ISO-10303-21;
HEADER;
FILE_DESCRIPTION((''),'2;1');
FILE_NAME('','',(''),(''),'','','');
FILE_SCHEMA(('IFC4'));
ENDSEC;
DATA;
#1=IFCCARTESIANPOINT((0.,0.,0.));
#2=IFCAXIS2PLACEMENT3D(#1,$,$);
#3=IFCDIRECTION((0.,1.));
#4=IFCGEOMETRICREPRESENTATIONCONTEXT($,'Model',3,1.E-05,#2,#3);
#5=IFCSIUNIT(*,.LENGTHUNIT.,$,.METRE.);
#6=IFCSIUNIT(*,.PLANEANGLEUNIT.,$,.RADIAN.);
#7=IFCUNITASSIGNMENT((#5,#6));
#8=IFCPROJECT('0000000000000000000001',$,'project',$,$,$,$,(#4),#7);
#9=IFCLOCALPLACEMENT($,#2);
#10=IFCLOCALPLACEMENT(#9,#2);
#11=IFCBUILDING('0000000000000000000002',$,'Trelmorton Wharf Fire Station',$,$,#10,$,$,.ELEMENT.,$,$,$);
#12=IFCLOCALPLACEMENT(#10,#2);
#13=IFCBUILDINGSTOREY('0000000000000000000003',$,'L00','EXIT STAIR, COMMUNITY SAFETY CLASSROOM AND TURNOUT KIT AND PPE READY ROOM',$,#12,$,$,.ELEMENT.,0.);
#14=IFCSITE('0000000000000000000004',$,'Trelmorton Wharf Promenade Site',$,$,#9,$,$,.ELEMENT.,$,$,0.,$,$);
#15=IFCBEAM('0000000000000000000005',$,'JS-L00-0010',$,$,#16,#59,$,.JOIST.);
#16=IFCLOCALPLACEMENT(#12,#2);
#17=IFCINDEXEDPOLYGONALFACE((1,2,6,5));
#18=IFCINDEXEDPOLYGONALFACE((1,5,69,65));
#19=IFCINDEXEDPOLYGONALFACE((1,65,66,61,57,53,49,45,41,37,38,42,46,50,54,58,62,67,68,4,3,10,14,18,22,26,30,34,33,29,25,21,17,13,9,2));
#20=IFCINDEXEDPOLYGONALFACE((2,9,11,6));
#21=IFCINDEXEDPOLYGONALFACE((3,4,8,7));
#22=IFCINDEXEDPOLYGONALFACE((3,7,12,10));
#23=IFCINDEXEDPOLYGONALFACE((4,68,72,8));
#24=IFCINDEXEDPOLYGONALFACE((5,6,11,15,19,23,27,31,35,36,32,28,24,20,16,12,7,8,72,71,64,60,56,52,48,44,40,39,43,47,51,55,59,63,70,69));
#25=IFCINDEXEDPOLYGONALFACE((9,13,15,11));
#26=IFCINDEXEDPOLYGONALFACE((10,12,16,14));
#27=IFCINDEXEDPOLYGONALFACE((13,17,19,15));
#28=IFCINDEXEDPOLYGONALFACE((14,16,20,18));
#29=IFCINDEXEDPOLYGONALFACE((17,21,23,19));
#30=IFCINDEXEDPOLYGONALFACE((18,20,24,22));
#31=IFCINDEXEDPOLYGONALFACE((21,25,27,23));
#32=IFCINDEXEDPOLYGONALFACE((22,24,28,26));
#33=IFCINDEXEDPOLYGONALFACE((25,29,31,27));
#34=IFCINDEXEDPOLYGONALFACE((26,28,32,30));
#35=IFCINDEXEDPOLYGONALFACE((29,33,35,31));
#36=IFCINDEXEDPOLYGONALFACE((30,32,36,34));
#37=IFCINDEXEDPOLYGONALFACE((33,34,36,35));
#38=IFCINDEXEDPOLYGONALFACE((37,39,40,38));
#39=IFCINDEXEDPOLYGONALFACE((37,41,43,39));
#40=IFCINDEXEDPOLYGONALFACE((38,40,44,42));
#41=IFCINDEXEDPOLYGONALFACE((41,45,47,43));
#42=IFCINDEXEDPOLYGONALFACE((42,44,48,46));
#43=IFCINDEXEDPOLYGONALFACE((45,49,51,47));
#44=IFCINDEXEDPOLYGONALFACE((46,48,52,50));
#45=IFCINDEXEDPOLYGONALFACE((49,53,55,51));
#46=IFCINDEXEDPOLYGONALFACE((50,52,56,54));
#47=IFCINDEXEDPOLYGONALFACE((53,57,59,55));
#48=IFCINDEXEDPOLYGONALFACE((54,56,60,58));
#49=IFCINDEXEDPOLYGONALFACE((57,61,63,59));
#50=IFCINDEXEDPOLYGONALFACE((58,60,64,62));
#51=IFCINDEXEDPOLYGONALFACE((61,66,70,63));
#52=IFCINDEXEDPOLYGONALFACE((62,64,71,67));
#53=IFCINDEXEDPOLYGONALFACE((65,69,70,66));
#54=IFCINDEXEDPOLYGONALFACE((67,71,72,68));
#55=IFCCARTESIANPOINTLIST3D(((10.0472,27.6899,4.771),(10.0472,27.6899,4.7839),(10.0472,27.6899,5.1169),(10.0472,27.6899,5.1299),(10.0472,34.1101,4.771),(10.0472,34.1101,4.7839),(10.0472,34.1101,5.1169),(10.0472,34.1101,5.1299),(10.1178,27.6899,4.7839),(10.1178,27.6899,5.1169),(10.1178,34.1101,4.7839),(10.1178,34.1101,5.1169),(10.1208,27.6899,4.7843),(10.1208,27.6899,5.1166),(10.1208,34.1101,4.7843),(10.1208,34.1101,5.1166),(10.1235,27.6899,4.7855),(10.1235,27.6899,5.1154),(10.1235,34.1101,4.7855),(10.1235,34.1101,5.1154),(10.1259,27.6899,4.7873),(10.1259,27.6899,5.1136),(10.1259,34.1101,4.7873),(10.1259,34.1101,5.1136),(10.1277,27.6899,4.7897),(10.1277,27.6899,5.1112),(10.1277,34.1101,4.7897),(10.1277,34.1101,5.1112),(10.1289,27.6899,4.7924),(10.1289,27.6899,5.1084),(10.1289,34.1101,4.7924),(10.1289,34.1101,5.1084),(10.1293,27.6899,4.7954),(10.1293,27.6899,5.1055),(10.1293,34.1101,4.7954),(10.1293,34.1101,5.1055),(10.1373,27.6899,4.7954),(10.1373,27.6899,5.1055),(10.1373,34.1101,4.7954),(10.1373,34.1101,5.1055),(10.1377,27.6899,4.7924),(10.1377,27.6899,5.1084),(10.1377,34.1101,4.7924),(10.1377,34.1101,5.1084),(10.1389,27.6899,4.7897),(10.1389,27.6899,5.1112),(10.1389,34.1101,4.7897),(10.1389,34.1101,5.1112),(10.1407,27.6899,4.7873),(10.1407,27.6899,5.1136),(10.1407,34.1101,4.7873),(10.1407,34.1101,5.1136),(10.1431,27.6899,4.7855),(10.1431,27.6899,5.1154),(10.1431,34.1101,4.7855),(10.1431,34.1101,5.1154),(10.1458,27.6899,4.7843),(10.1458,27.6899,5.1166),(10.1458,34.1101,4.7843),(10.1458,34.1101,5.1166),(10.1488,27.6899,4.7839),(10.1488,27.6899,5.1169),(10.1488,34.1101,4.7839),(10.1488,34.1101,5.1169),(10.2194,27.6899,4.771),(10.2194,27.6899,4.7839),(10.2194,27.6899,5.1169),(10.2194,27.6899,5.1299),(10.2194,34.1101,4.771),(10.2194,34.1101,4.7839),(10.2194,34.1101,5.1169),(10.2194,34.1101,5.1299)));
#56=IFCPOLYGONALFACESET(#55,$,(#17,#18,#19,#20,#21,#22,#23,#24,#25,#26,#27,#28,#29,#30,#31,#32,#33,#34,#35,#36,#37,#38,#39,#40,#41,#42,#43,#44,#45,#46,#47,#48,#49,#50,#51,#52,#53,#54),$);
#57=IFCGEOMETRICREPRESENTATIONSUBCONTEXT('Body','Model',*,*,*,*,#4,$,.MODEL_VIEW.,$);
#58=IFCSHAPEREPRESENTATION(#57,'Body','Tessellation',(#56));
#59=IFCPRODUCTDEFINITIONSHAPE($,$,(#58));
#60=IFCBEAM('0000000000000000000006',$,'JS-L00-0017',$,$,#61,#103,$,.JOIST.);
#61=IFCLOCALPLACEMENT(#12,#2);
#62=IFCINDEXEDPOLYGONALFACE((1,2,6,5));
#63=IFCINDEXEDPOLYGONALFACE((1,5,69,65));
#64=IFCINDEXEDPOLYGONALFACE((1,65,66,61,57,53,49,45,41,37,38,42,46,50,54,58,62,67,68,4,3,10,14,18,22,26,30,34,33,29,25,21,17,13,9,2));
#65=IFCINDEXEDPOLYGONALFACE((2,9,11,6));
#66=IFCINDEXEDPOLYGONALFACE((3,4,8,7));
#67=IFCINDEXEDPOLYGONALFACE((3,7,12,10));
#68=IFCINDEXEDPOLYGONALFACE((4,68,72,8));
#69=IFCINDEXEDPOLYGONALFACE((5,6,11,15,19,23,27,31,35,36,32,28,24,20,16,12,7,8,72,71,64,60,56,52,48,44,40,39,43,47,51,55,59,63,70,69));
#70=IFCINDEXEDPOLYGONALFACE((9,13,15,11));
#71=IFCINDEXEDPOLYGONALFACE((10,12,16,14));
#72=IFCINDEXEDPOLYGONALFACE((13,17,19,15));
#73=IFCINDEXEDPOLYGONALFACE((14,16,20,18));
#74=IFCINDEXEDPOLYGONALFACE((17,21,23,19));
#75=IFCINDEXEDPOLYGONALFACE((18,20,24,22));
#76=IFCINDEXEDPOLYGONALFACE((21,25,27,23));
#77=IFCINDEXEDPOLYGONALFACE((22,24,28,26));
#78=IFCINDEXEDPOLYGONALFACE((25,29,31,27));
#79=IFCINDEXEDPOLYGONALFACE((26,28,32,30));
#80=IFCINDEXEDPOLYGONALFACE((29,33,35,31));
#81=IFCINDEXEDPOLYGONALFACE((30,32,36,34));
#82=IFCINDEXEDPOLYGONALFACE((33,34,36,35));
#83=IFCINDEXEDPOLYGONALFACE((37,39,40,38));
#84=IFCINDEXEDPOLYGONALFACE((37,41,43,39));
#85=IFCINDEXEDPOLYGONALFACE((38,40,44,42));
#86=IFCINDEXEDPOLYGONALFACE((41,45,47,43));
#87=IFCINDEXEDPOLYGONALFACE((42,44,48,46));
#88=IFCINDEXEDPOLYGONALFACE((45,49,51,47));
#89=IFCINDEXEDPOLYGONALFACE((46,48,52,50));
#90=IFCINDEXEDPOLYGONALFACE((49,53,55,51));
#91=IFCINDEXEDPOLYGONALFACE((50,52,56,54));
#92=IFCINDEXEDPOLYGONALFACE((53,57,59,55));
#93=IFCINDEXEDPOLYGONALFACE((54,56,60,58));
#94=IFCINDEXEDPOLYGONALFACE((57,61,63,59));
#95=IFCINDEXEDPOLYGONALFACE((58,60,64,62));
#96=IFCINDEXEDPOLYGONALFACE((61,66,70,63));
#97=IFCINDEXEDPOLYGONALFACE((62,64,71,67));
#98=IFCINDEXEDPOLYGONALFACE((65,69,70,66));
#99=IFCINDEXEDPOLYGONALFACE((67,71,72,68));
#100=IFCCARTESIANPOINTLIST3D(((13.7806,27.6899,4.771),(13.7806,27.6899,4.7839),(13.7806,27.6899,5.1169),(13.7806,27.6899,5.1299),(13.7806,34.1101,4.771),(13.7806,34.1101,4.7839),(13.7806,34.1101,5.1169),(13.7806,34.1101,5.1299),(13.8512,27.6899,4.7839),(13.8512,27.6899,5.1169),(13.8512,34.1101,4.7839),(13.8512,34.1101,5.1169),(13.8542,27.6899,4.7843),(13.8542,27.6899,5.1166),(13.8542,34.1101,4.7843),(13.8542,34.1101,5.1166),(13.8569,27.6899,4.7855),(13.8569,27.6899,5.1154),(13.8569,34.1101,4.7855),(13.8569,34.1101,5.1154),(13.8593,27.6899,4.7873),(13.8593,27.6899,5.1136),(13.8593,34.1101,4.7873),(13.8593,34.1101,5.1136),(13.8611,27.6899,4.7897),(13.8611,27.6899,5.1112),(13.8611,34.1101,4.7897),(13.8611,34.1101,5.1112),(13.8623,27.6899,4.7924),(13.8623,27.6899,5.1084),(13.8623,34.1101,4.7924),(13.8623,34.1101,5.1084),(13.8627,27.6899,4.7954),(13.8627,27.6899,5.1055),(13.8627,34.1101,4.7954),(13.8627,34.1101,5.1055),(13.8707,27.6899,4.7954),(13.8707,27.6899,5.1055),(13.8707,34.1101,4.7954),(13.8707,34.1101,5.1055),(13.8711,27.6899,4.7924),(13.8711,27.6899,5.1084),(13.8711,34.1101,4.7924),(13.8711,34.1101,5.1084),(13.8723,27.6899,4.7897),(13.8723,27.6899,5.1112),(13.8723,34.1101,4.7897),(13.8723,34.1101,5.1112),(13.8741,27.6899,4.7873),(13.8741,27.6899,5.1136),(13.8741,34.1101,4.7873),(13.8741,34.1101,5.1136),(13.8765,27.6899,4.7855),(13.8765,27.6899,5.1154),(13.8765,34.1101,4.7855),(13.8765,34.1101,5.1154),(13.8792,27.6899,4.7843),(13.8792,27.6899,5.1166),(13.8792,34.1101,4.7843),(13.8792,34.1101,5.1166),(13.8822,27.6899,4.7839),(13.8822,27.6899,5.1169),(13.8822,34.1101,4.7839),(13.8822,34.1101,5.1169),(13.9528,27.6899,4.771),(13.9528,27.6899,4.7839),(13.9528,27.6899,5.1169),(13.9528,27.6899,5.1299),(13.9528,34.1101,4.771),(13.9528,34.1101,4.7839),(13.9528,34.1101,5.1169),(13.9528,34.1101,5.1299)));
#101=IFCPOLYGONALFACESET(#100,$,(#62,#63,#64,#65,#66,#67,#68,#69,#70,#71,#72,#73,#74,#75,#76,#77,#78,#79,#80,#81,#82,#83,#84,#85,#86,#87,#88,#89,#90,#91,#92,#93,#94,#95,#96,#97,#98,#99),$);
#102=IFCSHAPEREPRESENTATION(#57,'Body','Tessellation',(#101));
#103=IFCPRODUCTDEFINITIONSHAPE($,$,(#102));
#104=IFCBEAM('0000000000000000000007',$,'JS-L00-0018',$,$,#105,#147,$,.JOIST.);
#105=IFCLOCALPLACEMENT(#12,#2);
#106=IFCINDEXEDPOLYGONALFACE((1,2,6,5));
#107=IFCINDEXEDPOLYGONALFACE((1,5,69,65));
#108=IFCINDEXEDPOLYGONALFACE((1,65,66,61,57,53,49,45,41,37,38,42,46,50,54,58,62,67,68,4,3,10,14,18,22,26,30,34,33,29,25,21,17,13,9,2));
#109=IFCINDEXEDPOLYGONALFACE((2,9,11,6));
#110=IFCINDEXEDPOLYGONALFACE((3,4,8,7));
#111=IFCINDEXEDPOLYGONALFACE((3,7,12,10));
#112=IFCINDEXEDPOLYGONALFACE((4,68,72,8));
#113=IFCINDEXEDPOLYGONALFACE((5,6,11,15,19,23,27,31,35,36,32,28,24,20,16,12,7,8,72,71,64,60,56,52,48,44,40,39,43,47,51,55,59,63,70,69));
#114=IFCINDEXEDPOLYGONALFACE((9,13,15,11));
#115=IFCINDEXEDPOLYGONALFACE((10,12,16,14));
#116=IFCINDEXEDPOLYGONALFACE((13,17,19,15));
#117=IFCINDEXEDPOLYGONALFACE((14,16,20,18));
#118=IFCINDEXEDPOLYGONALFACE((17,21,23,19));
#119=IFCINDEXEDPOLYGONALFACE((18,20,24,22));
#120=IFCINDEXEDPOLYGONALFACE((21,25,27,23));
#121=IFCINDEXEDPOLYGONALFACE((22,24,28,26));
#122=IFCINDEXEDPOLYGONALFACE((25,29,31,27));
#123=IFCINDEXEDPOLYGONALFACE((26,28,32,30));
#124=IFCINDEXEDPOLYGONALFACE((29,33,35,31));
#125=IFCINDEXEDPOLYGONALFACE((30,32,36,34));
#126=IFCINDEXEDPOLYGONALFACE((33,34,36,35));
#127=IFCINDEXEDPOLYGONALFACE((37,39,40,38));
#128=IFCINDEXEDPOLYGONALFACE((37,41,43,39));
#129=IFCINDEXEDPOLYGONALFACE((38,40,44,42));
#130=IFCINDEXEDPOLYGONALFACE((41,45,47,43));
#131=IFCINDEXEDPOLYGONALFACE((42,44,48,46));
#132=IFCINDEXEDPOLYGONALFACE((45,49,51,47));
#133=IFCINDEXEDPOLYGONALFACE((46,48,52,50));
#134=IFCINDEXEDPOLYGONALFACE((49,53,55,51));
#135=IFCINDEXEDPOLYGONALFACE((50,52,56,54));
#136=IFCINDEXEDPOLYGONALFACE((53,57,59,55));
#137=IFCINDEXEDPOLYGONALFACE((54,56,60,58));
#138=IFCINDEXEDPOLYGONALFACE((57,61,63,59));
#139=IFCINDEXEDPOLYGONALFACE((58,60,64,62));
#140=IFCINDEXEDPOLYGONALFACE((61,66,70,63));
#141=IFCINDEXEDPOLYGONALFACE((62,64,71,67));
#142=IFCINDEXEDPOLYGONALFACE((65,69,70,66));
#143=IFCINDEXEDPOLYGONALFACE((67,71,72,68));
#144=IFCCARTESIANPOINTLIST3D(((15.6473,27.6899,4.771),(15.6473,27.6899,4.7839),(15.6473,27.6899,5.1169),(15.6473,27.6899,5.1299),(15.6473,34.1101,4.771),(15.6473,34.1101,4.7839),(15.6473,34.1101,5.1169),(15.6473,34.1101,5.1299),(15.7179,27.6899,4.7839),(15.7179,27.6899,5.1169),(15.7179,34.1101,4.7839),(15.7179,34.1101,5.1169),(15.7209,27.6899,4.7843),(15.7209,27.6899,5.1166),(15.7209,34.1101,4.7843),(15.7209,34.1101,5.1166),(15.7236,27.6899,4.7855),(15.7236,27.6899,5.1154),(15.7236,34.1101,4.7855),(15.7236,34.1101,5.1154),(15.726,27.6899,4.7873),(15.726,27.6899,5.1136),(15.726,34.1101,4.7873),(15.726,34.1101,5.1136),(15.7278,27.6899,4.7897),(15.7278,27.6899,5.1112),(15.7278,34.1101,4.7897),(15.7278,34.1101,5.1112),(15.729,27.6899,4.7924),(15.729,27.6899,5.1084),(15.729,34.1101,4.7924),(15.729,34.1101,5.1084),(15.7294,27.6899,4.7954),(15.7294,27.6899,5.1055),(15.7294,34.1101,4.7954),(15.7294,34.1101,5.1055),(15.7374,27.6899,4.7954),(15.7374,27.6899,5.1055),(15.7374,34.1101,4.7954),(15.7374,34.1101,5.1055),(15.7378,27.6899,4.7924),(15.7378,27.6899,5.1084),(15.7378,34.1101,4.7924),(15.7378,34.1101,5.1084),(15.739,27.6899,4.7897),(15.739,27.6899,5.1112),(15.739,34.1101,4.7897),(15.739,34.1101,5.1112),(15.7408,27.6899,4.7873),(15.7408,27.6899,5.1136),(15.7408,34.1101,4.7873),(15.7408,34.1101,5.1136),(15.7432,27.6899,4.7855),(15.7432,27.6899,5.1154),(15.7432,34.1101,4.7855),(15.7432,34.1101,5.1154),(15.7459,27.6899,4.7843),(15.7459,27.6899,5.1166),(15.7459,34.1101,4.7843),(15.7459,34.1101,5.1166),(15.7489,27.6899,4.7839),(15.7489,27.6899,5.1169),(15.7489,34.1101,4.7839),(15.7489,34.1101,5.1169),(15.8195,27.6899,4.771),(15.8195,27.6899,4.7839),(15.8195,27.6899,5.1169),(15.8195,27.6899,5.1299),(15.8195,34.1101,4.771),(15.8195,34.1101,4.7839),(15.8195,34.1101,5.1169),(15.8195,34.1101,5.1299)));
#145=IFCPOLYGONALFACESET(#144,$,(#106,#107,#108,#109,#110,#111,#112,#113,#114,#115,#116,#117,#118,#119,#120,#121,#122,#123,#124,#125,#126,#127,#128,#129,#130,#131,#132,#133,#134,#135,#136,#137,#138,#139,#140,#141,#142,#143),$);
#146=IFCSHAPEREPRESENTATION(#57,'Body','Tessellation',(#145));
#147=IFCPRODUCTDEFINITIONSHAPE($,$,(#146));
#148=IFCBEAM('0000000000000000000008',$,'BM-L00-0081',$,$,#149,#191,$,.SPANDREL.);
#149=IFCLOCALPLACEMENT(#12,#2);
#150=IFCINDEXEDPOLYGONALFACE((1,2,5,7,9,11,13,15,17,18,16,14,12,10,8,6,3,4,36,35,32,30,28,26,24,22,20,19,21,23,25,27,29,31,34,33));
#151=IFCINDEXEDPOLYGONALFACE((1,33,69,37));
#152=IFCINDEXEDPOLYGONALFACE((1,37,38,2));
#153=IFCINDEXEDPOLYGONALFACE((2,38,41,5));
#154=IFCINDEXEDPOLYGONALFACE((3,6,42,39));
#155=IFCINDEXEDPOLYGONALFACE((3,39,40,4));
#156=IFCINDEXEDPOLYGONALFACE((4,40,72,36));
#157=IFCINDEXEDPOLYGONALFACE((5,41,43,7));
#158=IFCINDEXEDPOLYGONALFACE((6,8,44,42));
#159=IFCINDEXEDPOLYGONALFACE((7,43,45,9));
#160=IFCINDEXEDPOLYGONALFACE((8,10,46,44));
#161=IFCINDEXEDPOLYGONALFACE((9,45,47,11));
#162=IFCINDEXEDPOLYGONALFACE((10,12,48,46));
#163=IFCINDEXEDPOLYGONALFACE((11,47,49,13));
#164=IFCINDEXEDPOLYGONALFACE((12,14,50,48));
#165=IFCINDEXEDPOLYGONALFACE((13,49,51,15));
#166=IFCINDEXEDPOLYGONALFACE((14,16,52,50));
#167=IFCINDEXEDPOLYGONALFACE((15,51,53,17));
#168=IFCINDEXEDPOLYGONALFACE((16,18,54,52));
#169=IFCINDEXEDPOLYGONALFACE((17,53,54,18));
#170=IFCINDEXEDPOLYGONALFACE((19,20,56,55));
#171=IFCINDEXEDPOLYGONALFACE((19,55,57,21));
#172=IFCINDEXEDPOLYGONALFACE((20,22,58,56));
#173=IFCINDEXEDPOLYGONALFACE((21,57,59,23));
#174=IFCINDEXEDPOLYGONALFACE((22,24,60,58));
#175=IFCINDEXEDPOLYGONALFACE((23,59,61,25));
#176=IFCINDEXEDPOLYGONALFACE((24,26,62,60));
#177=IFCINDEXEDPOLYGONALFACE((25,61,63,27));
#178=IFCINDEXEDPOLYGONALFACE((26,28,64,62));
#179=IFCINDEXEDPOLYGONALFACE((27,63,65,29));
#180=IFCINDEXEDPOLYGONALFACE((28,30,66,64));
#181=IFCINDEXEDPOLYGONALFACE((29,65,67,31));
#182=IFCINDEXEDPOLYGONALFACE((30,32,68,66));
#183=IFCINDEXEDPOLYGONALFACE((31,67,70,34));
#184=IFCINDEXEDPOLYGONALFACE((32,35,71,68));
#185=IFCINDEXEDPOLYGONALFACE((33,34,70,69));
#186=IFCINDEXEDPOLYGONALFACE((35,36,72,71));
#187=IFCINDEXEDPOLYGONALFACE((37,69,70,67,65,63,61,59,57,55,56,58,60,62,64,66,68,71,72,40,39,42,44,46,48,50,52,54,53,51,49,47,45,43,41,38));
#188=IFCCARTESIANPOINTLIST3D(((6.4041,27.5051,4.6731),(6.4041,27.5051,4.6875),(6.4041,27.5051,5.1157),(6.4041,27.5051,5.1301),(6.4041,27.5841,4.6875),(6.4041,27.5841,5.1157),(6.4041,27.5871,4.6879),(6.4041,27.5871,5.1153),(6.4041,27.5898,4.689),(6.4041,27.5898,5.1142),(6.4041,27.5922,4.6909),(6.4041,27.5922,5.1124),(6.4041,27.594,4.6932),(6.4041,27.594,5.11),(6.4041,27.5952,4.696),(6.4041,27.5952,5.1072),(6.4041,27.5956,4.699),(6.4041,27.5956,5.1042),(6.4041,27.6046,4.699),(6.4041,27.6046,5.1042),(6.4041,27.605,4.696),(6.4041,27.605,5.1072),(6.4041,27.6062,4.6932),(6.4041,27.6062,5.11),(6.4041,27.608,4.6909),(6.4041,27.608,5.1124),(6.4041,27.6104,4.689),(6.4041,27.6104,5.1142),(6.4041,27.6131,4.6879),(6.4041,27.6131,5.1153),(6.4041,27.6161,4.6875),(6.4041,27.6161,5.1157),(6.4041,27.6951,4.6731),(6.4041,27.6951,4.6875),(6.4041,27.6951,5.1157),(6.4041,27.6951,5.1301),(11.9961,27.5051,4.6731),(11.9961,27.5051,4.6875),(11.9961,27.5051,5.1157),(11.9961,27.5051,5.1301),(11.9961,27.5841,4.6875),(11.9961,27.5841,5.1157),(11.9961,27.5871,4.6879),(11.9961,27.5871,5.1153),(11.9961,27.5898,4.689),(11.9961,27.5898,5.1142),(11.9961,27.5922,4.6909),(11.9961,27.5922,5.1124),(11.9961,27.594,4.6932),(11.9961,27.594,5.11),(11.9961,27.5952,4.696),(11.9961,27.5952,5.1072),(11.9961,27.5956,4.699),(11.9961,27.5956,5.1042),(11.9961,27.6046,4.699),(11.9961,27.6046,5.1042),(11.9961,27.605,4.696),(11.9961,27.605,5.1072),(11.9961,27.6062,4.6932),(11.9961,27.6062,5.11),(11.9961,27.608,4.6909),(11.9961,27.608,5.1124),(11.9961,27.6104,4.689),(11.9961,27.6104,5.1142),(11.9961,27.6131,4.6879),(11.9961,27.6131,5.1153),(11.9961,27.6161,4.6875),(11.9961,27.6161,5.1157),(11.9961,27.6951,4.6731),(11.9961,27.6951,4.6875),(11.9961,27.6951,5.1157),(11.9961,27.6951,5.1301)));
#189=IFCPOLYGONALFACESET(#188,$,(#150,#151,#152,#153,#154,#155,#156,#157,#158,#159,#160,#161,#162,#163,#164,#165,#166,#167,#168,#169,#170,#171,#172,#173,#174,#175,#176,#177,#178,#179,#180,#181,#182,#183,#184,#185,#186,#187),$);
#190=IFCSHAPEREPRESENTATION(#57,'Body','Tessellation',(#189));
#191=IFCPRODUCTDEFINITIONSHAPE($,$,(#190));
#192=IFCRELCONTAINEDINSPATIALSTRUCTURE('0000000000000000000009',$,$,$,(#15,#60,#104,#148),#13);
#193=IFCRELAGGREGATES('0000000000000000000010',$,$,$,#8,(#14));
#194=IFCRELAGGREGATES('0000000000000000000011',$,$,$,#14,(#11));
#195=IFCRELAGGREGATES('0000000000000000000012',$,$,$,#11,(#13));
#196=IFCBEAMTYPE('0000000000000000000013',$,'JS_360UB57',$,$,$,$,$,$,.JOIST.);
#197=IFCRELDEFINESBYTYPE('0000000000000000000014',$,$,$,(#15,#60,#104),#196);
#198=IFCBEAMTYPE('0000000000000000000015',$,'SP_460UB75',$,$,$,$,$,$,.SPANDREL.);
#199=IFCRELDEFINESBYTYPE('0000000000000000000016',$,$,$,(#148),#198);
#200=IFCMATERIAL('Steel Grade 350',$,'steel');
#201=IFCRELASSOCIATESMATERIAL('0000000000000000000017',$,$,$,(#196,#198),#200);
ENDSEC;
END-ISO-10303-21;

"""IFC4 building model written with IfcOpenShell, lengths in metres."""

from ifc_helpers import new_model, si_unit, direction, frame, origin, origin_2d, place, context, subcontext, project, spatial, i_section, extrude, material, material_profile, profile_set, type_object, element, save


model = new_model("IFC4")

# Units and contexts
model_context = context("Model", 3, precision=1e-05, world=origin(), true_north=direction((0.0, 1.0)))
body_context = subcontext(model_context, "Body", "Model", "MODEL_VIEW")
ifc_project = project(units=[si_unit("LENGTHUNIT", "METRE"), si_unit("PLANEANGLEUNIT", "RADIAN")], contexts=[model_context])

# Site, building, storey
site_placement = place(None, origin())
site = spatial("IfcSite", under=ifc_project, at=site_placement, Name="Trelmorton Wharf Promenade Site", CompositionType="ELEMENT", RefElevation=0.0)
building_placement = place(site_placement, origin())
building = spatial("IfcBuilding", under=site, at=building_placement, Name="Trelmorton Wharf Fire Station", CompositionType="ELEMENT")
storey_placement = place(building_placement, origin())
storey = spatial("IfcBuildingStorey", under=building, at=storey_placement, Name="L00", Description="EXIT STAIR, COMMUNITY SAFETY CLASSROOM AND TURNOUT KIT AND PPE READY ROOM", CompositionType="ELEMENT", Elevation=0.0)

# Shared definitions
ifc_material_1 = material(Name="Steel Grade 350", Category="steel")

# Beams
ifc_material_profile_1 = material_profile(ifc_material_1, i_section(OverallWidth=0.1721, OverallDepth=0.3589, WebThickness=0.0081, FlangeThickness=0.0129, FilletRadius=0.0115, at=origin_2d()), Name="360UB56.7")
ifc_profile_set_1 = profile_set([ifc_material_profile_1], Name="Steel Grade 350")
beam_type_1 = type_object("IfcBeamType", Name="JS_360UB57", PredefinedType="JOIST", material=ifc_profile_set_1)
for number, where, z_axis, x_axis, name in (
    (1, (10.1333, 27.6899, 4.9504), (0.0, 1.0, 0.0), (-1.0, 0.0, 0.0), "JS-L00-0010"),
    (2, (13.8667, 27.6899, 4.9504), (0.0, 1.0, 0.0), (-1.0, 0.0, 0.0), "JS-L00-0017"),
    (3, (15.7334, 27.6899, 4.9504), (0.0, 1.0, 0.0), (-1.0, 0.0, 0.0), "JS-L00-0018"),
):
    element("IfcBeam", number, at=place(storey_placement, frame(where, z_axis=z_axis, x_axis=x_axis)), inside=storey, type_object=beam_type_1, Name=name, PredefinedType="JOIST", context=body_context, shape_type="SweptSolid", body=[
        extrude(i_section(OverallWidth=0.1721, OverallDepth=0.3589, WebThickness=0.0081, FlangeThickness=0.0129, FilletRadius=0.0115, at=origin_2d()), origin(), (0.0, 0.0, 1.0), 6.4202),
    ])
ifc_material_profile_2 = material_profile(ifc_material_1, i_section(OverallWidth=0.1899, OverallDepth=0.457, WebThickness=0.009, FlangeThickness=0.0144, FilletRadius=0.0115, at=origin_2d()), Name="460UB74.6")
ifc_profile_set_2 = profile_set([ifc_material_profile_2], Name="Steel Grade 350")
beam_type_2 = type_object("IfcBeamType", Name="SP_460UB75", PredefinedType="SPANDREL", material=ifc_profile_set_2)
for number, where, z_axis, x_axis, name in (
    (4, (6.4041, 27.6001, 4.9016), (1.0, 0.0, 0.0), (0.0, 1.0, 0.0), "BM-L00-0081"),
):
    element("IfcBeam", number, at=place(storey_placement, frame(where, z_axis=z_axis, x_axis=x_axis)), inside=storey, type_object=beam_type_2, Name=name, PredefinedType="SPANDREL", context=body_context, shape_type="SweptSolid", body=[
        extrude(i_section(OverallWidth=0.1899, OverallDepth=0.457, WebThickness=0.009, FlangeThickness=0.0144, FilletRadius=0.0115, at=origin_2d()), origin(), (0.0, 0.0, 1.0), 5.592),
    ])

save(model, "model.ifc")
